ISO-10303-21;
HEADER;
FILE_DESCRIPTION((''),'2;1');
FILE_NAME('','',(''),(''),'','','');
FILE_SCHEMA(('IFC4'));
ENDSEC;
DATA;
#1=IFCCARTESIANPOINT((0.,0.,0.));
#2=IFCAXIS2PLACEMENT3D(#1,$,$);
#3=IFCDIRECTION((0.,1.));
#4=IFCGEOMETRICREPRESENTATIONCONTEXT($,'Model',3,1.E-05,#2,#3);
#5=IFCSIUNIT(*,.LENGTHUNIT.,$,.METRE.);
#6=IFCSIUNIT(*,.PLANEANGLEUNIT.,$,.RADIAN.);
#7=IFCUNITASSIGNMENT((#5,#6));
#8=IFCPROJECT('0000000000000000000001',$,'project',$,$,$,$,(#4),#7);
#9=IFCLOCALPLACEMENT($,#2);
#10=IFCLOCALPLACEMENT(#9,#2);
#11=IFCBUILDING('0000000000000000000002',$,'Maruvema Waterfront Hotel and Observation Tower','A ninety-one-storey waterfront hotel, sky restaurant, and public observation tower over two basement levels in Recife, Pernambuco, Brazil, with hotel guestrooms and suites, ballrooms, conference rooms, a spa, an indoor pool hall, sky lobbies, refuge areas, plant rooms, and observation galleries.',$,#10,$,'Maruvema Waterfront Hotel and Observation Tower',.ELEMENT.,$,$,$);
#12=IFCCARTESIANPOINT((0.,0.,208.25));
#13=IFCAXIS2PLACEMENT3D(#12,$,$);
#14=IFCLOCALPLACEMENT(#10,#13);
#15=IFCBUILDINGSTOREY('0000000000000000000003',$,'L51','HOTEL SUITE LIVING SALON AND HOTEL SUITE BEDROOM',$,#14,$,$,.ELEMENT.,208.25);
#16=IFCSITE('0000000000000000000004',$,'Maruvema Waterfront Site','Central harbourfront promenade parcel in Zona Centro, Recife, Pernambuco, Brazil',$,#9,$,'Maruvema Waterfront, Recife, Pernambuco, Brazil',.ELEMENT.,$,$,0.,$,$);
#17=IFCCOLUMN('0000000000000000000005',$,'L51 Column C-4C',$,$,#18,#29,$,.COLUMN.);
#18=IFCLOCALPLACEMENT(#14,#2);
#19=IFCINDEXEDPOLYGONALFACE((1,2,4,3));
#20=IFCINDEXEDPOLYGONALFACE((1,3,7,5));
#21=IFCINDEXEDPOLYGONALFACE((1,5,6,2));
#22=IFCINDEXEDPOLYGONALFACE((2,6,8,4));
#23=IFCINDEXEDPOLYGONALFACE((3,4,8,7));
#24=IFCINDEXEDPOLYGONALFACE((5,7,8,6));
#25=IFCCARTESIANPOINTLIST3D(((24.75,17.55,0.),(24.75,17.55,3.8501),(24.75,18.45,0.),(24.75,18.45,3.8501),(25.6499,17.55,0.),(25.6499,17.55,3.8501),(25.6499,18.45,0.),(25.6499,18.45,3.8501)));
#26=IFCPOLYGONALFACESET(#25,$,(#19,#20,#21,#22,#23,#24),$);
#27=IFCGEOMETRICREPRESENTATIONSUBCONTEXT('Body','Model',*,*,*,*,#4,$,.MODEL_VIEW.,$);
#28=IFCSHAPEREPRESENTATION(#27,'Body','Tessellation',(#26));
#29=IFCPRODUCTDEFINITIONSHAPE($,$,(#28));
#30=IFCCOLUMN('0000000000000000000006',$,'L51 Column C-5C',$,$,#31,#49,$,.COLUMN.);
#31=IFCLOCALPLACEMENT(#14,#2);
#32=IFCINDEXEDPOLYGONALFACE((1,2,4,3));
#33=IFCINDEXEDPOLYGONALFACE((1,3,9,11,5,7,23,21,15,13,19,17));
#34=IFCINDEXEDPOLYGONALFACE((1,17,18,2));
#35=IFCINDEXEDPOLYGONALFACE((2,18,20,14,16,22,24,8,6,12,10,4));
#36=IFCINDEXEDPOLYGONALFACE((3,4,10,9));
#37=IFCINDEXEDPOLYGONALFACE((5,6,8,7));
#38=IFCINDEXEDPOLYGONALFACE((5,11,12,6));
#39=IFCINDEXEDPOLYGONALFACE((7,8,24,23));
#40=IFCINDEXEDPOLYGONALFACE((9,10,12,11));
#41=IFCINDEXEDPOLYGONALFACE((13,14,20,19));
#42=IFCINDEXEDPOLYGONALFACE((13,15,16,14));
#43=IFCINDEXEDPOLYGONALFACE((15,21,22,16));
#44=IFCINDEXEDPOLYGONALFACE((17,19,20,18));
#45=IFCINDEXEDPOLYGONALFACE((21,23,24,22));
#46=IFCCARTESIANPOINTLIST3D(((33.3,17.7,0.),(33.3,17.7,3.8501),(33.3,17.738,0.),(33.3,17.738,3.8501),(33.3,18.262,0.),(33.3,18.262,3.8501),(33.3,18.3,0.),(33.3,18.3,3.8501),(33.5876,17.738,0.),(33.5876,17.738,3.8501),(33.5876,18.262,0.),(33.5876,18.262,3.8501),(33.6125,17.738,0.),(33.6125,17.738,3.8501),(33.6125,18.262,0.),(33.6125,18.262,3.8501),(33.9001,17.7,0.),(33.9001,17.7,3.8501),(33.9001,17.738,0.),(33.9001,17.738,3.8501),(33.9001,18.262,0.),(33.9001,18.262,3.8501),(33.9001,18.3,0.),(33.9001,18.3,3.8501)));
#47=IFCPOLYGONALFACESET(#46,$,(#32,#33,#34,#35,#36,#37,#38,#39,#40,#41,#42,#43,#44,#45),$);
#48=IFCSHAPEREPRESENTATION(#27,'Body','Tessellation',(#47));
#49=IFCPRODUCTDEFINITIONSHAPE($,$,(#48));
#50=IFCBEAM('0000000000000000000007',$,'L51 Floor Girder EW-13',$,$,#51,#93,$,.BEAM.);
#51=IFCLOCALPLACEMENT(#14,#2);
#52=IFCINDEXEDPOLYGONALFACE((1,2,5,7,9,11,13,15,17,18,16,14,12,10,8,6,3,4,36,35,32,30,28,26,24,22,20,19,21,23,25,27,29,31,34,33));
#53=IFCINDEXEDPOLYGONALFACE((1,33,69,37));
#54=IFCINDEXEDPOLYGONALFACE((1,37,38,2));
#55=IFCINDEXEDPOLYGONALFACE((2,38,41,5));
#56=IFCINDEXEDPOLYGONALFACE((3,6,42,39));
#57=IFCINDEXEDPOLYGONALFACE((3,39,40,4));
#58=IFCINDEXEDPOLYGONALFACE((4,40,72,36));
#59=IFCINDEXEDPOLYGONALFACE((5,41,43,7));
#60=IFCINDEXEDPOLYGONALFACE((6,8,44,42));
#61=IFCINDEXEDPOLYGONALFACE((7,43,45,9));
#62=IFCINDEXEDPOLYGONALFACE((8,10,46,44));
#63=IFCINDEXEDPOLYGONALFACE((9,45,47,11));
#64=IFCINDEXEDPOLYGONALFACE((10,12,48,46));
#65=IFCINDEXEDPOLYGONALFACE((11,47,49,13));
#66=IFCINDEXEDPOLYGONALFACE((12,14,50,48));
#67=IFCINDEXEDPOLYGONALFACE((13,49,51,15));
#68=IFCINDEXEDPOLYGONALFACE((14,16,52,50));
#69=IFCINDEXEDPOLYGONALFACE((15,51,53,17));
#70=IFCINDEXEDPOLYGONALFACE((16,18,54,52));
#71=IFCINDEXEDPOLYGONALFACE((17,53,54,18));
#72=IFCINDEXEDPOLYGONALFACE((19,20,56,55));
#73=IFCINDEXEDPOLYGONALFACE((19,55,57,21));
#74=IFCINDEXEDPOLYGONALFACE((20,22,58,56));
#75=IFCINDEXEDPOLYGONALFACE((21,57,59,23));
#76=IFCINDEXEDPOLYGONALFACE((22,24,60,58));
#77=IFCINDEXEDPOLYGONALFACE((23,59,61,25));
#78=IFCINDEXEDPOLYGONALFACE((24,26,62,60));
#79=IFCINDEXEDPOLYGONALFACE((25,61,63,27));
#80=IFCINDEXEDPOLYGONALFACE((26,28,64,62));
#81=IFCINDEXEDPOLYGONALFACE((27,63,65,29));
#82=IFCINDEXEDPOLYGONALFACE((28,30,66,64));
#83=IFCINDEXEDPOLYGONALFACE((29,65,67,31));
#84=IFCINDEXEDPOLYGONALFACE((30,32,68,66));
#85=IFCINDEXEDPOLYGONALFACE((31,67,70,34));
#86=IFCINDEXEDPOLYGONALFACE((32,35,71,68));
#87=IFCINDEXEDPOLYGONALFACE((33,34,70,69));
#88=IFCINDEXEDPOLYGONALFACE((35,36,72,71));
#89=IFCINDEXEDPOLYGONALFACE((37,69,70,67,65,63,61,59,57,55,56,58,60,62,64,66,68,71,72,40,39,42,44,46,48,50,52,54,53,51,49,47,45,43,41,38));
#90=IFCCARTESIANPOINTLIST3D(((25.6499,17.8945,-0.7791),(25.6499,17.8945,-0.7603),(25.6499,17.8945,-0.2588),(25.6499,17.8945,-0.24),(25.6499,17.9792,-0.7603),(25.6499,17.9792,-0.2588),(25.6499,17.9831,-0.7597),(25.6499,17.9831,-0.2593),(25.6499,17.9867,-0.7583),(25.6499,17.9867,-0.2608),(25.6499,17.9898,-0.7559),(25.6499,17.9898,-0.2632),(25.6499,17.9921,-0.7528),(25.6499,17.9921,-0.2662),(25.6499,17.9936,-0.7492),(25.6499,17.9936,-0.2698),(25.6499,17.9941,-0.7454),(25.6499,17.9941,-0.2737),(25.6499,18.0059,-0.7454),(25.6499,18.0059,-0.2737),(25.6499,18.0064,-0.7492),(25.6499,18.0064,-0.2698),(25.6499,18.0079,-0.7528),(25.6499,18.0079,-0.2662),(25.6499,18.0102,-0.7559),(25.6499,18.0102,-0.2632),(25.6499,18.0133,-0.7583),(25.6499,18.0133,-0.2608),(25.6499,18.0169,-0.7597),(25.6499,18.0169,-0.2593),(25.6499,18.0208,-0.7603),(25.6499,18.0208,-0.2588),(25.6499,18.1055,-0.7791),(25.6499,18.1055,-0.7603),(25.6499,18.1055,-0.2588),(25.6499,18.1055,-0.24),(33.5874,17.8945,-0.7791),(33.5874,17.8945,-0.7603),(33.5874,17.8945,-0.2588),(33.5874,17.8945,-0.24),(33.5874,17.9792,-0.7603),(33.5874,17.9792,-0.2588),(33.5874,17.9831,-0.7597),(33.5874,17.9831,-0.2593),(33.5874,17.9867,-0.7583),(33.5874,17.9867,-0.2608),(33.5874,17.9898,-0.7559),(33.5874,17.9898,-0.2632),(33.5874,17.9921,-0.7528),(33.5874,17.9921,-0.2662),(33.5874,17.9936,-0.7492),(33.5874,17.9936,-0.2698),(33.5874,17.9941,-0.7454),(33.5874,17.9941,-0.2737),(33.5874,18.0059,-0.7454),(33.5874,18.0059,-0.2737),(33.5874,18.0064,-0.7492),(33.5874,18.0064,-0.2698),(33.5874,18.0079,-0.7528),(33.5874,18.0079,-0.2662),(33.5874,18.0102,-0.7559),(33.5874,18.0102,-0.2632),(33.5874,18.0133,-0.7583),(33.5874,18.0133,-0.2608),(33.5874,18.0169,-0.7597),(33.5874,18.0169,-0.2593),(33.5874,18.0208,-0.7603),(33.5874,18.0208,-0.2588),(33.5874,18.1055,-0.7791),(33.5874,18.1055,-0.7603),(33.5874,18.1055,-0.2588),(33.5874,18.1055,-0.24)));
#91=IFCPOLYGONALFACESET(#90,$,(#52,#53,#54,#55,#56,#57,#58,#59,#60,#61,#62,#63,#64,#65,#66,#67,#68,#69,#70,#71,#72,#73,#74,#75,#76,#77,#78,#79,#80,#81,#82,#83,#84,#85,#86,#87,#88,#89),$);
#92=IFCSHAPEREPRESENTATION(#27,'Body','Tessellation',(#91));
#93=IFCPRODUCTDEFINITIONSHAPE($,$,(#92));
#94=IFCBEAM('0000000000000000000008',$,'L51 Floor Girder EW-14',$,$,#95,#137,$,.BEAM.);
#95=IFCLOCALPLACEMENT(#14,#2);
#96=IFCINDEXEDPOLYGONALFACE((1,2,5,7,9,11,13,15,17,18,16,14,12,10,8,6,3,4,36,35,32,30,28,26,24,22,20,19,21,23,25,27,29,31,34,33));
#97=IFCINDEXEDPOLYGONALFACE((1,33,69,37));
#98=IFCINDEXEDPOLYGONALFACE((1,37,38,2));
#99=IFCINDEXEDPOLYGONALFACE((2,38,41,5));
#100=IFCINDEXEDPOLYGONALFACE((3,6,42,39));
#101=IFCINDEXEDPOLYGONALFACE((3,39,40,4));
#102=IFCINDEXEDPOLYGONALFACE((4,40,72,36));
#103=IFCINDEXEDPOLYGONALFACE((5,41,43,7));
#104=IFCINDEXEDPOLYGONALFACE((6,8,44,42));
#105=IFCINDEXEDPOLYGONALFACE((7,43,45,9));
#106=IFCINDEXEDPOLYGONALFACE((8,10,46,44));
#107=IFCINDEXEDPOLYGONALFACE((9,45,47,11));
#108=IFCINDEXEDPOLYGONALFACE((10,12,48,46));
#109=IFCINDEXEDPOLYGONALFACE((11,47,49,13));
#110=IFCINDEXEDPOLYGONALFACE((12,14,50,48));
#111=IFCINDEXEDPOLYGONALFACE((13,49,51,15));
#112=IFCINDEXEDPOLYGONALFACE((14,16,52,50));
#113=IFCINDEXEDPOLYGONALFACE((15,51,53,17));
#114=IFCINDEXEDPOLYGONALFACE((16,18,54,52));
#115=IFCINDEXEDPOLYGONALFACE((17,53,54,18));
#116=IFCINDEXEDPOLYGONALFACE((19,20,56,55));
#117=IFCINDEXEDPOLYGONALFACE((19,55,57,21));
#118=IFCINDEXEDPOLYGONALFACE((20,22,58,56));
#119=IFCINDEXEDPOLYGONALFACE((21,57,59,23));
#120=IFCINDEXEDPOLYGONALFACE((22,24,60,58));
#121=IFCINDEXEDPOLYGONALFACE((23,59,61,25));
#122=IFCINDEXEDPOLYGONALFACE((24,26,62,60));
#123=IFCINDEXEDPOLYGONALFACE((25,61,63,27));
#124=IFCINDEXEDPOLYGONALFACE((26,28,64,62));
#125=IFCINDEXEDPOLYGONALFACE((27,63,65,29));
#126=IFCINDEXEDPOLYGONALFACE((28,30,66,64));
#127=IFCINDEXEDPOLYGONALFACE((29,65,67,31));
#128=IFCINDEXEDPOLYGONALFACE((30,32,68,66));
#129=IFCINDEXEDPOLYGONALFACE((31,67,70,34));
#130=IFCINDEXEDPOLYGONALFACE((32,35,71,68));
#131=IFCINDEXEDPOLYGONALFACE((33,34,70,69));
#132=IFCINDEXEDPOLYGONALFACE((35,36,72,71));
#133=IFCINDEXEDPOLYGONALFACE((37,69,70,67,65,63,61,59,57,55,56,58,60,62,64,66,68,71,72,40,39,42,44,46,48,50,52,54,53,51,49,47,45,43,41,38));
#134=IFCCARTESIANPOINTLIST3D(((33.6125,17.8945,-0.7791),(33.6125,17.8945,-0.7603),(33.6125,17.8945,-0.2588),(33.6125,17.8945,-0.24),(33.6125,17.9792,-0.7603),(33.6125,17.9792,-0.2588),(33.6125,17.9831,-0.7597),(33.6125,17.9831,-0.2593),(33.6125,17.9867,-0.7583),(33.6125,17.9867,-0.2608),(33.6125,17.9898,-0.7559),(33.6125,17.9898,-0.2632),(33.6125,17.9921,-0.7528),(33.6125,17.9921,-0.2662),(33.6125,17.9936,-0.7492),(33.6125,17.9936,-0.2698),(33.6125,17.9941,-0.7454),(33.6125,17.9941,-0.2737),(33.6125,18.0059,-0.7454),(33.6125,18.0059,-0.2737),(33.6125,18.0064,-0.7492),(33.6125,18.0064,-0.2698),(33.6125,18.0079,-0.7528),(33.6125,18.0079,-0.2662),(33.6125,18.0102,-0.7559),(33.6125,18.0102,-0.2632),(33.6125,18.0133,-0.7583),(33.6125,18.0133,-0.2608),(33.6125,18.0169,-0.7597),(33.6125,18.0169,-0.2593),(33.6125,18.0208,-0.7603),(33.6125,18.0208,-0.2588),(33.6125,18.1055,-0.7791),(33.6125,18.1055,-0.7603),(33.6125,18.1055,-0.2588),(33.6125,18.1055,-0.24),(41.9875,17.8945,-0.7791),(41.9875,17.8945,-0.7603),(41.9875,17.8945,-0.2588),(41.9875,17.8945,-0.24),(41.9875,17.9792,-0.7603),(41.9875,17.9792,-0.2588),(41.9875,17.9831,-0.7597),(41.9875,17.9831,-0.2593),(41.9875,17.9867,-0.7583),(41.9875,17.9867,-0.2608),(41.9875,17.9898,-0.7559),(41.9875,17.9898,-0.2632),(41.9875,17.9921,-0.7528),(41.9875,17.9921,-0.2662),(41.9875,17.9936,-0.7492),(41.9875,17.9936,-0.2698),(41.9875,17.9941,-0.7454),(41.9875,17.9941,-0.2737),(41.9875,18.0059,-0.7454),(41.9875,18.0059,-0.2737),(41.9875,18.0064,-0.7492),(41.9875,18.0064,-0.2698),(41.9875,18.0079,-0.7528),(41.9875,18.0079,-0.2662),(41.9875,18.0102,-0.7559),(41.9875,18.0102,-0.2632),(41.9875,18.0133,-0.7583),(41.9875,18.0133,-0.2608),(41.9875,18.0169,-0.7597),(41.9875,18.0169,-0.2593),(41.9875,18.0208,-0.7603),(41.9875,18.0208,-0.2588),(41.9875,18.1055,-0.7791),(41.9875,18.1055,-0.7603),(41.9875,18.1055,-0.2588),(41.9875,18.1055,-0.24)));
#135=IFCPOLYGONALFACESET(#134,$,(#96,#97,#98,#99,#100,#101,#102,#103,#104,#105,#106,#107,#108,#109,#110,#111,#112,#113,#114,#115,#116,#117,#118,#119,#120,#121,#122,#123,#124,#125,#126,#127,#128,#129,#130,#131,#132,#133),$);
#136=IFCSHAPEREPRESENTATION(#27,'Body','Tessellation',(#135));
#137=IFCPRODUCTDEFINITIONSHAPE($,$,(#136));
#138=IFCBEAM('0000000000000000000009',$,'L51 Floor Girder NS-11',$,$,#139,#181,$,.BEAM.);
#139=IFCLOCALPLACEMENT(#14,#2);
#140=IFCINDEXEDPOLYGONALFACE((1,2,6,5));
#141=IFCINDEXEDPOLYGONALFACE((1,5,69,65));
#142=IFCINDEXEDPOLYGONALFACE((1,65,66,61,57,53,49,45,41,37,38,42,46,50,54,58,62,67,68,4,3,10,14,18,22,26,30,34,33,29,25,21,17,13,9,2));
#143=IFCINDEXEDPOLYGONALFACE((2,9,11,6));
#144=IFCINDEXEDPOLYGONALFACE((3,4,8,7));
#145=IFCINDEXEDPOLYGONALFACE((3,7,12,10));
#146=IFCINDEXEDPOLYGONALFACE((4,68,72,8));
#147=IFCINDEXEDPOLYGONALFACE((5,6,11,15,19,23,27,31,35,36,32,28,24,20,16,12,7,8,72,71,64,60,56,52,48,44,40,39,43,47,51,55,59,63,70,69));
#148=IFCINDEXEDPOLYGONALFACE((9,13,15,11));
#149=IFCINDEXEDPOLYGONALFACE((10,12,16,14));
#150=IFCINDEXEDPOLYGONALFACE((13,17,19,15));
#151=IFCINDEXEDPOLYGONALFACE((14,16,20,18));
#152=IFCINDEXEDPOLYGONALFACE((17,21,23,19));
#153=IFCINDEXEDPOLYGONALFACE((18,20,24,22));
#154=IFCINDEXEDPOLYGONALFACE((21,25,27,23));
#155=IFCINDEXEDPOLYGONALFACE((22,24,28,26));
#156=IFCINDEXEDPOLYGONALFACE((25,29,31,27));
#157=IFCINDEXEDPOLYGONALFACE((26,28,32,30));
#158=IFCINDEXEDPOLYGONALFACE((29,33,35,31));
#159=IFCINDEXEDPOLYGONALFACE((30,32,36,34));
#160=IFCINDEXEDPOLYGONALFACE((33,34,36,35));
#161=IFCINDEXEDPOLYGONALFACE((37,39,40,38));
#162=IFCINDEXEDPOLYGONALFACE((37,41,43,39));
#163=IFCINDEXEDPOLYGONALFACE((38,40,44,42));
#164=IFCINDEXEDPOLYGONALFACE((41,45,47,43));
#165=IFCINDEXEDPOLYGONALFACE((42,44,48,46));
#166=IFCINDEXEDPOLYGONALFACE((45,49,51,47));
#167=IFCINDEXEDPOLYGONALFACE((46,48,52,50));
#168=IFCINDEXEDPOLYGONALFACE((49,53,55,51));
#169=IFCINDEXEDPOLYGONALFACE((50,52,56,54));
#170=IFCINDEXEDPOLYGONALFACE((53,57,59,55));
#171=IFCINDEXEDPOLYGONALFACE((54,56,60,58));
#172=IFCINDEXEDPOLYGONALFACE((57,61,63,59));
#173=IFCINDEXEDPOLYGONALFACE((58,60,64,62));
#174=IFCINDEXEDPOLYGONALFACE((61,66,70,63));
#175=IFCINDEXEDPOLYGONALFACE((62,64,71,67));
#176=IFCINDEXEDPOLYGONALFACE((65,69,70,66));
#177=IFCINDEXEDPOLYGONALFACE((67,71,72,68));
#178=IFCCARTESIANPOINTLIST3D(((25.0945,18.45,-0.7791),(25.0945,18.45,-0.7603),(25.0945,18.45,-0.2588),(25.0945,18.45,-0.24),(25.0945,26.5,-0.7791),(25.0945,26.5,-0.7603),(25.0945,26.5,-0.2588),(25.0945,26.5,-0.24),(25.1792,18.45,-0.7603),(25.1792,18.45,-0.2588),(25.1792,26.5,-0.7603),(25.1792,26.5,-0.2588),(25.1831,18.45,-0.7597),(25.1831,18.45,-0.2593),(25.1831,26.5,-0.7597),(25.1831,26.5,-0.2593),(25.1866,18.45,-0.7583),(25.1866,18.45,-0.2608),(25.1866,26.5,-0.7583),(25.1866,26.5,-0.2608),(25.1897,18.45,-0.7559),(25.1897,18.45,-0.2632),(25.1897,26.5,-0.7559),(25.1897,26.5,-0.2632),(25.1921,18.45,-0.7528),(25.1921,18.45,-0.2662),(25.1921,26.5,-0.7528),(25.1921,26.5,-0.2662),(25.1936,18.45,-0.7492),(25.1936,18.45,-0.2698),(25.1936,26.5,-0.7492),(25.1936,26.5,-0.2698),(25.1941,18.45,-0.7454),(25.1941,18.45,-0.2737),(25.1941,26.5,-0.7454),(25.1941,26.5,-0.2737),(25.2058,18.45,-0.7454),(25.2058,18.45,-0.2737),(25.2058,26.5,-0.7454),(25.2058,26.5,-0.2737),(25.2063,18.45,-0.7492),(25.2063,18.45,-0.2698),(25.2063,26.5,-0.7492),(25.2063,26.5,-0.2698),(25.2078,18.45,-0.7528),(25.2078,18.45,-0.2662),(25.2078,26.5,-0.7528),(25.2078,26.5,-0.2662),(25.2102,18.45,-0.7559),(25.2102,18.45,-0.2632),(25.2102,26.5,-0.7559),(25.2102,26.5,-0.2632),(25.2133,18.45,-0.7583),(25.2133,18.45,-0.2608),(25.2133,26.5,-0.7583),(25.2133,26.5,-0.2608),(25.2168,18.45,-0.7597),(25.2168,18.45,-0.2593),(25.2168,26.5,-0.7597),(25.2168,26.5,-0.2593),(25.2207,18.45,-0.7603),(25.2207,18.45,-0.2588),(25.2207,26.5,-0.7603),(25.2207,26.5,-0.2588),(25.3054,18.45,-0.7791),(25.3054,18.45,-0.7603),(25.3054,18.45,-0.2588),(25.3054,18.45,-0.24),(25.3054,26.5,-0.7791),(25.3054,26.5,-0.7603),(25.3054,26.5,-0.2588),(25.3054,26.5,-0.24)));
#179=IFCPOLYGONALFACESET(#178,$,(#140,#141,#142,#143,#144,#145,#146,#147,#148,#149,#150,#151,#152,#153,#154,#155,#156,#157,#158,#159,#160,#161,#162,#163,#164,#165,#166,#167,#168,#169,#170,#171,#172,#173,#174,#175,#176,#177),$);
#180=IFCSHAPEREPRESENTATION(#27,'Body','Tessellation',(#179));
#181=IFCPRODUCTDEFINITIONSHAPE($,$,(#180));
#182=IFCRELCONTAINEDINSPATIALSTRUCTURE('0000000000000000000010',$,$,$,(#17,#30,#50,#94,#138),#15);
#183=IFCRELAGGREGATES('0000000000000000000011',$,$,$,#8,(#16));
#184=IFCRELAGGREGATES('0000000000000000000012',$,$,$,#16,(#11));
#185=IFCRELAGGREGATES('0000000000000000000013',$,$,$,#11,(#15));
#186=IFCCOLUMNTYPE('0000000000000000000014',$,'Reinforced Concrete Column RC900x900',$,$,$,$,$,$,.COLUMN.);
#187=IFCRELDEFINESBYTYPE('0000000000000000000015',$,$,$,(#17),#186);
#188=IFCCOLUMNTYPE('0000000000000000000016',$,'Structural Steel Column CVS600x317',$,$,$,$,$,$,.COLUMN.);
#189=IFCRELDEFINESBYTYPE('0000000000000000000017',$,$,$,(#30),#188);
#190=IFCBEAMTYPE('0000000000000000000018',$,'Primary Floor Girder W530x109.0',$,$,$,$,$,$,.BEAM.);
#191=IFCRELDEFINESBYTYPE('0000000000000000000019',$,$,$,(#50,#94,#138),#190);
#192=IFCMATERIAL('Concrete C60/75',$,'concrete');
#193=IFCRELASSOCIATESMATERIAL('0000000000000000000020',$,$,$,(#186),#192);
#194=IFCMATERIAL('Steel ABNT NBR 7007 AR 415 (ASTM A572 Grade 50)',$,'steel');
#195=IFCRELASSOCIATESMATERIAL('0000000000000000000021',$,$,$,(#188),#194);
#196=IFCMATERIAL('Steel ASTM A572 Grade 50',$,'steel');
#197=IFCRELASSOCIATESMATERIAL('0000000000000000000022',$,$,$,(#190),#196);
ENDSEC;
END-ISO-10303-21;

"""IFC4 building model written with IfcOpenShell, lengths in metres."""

from ifc_helpers import new_model, si_unit, direction, frame, origin, origin_2d, place, context, subcontext, project, spatial, rectangle, i_section, extrude, material, material_profile, profile_set, type_object, element, save


model = new_model("IFC4")

# Units and contexts
model_context = context("Model", 3, precision=1e-05, world=origin(), true_north=direction((0.0, 1.0)))
body_context = subcontext(model_context, "Body", "Model", "MODEL_VIEW")
ifc_project = project(units=[si_unit("LENGTHUNIT", "METRE"), si_unit("PLANEANGLEUNIT", "RADIAN")], contexts=[model_context])

# Site, building, storey
site_placement = place(None, origin())
site = spatial("IfcSite", under=ifc_project, at=site_placement, Name="Maruvema Waterfront Site", Description="Central harbourfront promenade parcel in Zona Centro, Recife, Pernambuco, Brazil", LongName="Maruvema Waterfront, Recife, Pernambuco, Brazil", CompositionType="ELEMENT", RefElevation=0.0)
building_placement = place(site_placement, origin())
building = spatial("IfcBuilding", under=site, at=building_placement, Name="Maruvema Waterfront Hotel and Observation Tower", Description="A ninety-one-storey waterfront hotel, sky restaurant, and public observation tower over two basement levels in Recife, Pernambuco, Brazil, with hotel guestrooms and suites, ballrooms, conference rooms, a spa, an indoor pool hall, sky lobbies, refuge areas, plant rooms, and observation galleries.", LongName="Maruvema Waterfront Hotel and Observation Tower", CompositionType="ELEMENT")
storey_placement = place(building_placement, frame((0.0, 0.0, 208.25)))
storey = spatial("IfcBuildingStorey", under=building, at=storey_placement, Name="L51", Description="HOTEL SUITE LIVING SALON AND HOTEL SUITE BEDROOM", CompositionType="ELEMENT", Elevation=208.25)

# Columns
ifc_material_1 = material(Name="Concrete C60/75", Category="concrete")
ifc_material_profile_1 = material_profile(ifc_material_1, rectangle(XDim=0.8999, YDim=0.8999, at=origin_2d()), Name="RC900x900")
ifc_profile_set_1 = profile_set([ifc_material_profile_1], Name="Concrete C60/75")
column_type_1 = type_object("IfcColumnType", Name="Reinforced Concrete Column RC900x900", PredefinedType="COLUMN", material=ifc_profile_set_1)
column_1_placement = place(storey_placement, frame((25.2, 18.0, 0.0), z_axis=(0.0, 0.0, 1.0), x_axis=(1.0, 0.0, 0.0)))
element("IfcColumn", 1, at=column_1_placement, inside=storey, type_object=column_type_1, Name="L51 Column C-4C", PredefinedType="COLUMN", context=body_context, shape_type="SweptSolid", body=[
    extrude(rectangle(XDim=0.8999, YDim=0.8999, at=origin_2d()), origin(), (0.0, 0.0, 1.0), 3.8501),
])
ifc_material_2 = material(Name="Steel ABNT NBR 7007 AR 415 (ASTM A572 Grade 50)", Category="steel")
ifc_material_profile_2 = material_profile(ifc_material_2, i_section(OverallWidth=0.6001, OverallDepth=0.6001, WebThickness=0.0249, FlangeThickness=0.0381, at=origin_2d()), Name="CVS600x317")
ifc_profile_set_2 = profile_set([ifc_material_profile_2], Name="Steel ABNT NBR 7007 AR 415 (ASTM A572 Grade 50)")
column_type_2 = type_object("IfcColumnType", Name="Structural Steel Column CVS600x317", PredefinedType="COLUMN", material=ifc_profile_set_2)
column_2_placement = place(storey_placement, frame((33.6001, 18.0, 0.0), z_axis=(0.0, 0.0, 1.0), x_axis=(1.0, 0.0, 0.0)))
element("IfcColumn", 2, at=column_2_placement, inside=storey, type_object=column_type_2, Name="L51 Column C-5C", PredefinedType="COLUMN", context=body_context, shape_type="SweptSolid", body=[
    extrude(i_section(OverallWidth=0.6001, OverallDepth=0.6001, WebThickness=0.0249, FlangeThickness=0.0381, at=origin_2d()), origin(), (0.0, 0.0, 1.0), 3.8501),
])

# Beams
ifc_material_3 = material(Name="Steel ASTM A572 Grade 50", Category="steel")
ifc_material_profile_3 = material_profile(ifc_material_3, i_section(OverallWidth=0.2109, OverallDepth=0.5391, WebThickness=0.0117, FlangeThickness=0.0188, FilletRadius=0.0149, at=origin_2d()), Name="W530x109.0")
ifc_profile_set_3 = profile_set([ifc_material_profile_3], Name="Steel ASTM A572 Grade 50")
beam_type = type_object("IfcBeamType", Name="Primary Floor Girder W530x109.0", PredefinedType="BEAM", material=ifc_profile_set_3)
beam_1_placement = place(storey_placement, frame((25.6499, 18.0, -0.5095), z_axis=(1.0, 0.0, 0.0), x_axis=(0.0, 1.0, 0.0)))
element("IfcBeam", 3, at=beam_1_placement, inside=storey, type_object=beam_type, Name="L51 Floor Girder EW-13", PredefinedType="BEAM", context=body_context, shape_type="SweptSolid", body=[
    extrude(i_section(OverallWidth=0.2109, OverallDepth=0.5391, WebThickness=0.0117, FlangeThickness=0.0188, FilletRadius=0.0149, at=origin_2d()), origin(), (0.0, 0.0, 1.0), 7.9375),
])
beam_2_placement = place(storey_placement, frame((33.6125, 18.0, -0.5095), z_axis=(1.0, 0.0, 0.0), x_axis=(0.0, 1.0, 0.0)))
element("IfcBeam", 4, at=beam_2_placement, inside=storey, type_object=beam_type, Name="L51 Floor Girder EW-14", PredefinedType="BEAM", context=body_context, shape_type="SweptSolid", body=[
    extrude(i_section(OverallWidth=0.2109, OverallDepth=0.5391, WebThickness=0.0117, FlangeThickness=0.0188, FilletRadius=0.0149, at=origin_2d()), origin(), (0.0, 0.0, 1.0), 8.375),
])
beam_3_placement = place(storey_placement, frame((25.2, 18.45, -0.5095), z_axis=(0.0, 1.0, 0.0), x_axis=(-1.0, 0.0, 0.0)))
element("IfcBeam", 5, at=beam_3_placement, inside=storey, type_object=beam_type, Name="L51 Floor Girder NS-11", PredefinedType="BEAM", context=body_context, shape_type="SweptSolid", body=[
    extrude(i_section(OverallWidth=0.2109, OverallDepth=0.5391, WebThickness=0.0117, FlangeThickness=0.0188, FilletRadius=0.0149, at=origin_2d()), origin(), (0.0, 0.0, 1.0), 8.05),
])

save(model, "model.ifc")
